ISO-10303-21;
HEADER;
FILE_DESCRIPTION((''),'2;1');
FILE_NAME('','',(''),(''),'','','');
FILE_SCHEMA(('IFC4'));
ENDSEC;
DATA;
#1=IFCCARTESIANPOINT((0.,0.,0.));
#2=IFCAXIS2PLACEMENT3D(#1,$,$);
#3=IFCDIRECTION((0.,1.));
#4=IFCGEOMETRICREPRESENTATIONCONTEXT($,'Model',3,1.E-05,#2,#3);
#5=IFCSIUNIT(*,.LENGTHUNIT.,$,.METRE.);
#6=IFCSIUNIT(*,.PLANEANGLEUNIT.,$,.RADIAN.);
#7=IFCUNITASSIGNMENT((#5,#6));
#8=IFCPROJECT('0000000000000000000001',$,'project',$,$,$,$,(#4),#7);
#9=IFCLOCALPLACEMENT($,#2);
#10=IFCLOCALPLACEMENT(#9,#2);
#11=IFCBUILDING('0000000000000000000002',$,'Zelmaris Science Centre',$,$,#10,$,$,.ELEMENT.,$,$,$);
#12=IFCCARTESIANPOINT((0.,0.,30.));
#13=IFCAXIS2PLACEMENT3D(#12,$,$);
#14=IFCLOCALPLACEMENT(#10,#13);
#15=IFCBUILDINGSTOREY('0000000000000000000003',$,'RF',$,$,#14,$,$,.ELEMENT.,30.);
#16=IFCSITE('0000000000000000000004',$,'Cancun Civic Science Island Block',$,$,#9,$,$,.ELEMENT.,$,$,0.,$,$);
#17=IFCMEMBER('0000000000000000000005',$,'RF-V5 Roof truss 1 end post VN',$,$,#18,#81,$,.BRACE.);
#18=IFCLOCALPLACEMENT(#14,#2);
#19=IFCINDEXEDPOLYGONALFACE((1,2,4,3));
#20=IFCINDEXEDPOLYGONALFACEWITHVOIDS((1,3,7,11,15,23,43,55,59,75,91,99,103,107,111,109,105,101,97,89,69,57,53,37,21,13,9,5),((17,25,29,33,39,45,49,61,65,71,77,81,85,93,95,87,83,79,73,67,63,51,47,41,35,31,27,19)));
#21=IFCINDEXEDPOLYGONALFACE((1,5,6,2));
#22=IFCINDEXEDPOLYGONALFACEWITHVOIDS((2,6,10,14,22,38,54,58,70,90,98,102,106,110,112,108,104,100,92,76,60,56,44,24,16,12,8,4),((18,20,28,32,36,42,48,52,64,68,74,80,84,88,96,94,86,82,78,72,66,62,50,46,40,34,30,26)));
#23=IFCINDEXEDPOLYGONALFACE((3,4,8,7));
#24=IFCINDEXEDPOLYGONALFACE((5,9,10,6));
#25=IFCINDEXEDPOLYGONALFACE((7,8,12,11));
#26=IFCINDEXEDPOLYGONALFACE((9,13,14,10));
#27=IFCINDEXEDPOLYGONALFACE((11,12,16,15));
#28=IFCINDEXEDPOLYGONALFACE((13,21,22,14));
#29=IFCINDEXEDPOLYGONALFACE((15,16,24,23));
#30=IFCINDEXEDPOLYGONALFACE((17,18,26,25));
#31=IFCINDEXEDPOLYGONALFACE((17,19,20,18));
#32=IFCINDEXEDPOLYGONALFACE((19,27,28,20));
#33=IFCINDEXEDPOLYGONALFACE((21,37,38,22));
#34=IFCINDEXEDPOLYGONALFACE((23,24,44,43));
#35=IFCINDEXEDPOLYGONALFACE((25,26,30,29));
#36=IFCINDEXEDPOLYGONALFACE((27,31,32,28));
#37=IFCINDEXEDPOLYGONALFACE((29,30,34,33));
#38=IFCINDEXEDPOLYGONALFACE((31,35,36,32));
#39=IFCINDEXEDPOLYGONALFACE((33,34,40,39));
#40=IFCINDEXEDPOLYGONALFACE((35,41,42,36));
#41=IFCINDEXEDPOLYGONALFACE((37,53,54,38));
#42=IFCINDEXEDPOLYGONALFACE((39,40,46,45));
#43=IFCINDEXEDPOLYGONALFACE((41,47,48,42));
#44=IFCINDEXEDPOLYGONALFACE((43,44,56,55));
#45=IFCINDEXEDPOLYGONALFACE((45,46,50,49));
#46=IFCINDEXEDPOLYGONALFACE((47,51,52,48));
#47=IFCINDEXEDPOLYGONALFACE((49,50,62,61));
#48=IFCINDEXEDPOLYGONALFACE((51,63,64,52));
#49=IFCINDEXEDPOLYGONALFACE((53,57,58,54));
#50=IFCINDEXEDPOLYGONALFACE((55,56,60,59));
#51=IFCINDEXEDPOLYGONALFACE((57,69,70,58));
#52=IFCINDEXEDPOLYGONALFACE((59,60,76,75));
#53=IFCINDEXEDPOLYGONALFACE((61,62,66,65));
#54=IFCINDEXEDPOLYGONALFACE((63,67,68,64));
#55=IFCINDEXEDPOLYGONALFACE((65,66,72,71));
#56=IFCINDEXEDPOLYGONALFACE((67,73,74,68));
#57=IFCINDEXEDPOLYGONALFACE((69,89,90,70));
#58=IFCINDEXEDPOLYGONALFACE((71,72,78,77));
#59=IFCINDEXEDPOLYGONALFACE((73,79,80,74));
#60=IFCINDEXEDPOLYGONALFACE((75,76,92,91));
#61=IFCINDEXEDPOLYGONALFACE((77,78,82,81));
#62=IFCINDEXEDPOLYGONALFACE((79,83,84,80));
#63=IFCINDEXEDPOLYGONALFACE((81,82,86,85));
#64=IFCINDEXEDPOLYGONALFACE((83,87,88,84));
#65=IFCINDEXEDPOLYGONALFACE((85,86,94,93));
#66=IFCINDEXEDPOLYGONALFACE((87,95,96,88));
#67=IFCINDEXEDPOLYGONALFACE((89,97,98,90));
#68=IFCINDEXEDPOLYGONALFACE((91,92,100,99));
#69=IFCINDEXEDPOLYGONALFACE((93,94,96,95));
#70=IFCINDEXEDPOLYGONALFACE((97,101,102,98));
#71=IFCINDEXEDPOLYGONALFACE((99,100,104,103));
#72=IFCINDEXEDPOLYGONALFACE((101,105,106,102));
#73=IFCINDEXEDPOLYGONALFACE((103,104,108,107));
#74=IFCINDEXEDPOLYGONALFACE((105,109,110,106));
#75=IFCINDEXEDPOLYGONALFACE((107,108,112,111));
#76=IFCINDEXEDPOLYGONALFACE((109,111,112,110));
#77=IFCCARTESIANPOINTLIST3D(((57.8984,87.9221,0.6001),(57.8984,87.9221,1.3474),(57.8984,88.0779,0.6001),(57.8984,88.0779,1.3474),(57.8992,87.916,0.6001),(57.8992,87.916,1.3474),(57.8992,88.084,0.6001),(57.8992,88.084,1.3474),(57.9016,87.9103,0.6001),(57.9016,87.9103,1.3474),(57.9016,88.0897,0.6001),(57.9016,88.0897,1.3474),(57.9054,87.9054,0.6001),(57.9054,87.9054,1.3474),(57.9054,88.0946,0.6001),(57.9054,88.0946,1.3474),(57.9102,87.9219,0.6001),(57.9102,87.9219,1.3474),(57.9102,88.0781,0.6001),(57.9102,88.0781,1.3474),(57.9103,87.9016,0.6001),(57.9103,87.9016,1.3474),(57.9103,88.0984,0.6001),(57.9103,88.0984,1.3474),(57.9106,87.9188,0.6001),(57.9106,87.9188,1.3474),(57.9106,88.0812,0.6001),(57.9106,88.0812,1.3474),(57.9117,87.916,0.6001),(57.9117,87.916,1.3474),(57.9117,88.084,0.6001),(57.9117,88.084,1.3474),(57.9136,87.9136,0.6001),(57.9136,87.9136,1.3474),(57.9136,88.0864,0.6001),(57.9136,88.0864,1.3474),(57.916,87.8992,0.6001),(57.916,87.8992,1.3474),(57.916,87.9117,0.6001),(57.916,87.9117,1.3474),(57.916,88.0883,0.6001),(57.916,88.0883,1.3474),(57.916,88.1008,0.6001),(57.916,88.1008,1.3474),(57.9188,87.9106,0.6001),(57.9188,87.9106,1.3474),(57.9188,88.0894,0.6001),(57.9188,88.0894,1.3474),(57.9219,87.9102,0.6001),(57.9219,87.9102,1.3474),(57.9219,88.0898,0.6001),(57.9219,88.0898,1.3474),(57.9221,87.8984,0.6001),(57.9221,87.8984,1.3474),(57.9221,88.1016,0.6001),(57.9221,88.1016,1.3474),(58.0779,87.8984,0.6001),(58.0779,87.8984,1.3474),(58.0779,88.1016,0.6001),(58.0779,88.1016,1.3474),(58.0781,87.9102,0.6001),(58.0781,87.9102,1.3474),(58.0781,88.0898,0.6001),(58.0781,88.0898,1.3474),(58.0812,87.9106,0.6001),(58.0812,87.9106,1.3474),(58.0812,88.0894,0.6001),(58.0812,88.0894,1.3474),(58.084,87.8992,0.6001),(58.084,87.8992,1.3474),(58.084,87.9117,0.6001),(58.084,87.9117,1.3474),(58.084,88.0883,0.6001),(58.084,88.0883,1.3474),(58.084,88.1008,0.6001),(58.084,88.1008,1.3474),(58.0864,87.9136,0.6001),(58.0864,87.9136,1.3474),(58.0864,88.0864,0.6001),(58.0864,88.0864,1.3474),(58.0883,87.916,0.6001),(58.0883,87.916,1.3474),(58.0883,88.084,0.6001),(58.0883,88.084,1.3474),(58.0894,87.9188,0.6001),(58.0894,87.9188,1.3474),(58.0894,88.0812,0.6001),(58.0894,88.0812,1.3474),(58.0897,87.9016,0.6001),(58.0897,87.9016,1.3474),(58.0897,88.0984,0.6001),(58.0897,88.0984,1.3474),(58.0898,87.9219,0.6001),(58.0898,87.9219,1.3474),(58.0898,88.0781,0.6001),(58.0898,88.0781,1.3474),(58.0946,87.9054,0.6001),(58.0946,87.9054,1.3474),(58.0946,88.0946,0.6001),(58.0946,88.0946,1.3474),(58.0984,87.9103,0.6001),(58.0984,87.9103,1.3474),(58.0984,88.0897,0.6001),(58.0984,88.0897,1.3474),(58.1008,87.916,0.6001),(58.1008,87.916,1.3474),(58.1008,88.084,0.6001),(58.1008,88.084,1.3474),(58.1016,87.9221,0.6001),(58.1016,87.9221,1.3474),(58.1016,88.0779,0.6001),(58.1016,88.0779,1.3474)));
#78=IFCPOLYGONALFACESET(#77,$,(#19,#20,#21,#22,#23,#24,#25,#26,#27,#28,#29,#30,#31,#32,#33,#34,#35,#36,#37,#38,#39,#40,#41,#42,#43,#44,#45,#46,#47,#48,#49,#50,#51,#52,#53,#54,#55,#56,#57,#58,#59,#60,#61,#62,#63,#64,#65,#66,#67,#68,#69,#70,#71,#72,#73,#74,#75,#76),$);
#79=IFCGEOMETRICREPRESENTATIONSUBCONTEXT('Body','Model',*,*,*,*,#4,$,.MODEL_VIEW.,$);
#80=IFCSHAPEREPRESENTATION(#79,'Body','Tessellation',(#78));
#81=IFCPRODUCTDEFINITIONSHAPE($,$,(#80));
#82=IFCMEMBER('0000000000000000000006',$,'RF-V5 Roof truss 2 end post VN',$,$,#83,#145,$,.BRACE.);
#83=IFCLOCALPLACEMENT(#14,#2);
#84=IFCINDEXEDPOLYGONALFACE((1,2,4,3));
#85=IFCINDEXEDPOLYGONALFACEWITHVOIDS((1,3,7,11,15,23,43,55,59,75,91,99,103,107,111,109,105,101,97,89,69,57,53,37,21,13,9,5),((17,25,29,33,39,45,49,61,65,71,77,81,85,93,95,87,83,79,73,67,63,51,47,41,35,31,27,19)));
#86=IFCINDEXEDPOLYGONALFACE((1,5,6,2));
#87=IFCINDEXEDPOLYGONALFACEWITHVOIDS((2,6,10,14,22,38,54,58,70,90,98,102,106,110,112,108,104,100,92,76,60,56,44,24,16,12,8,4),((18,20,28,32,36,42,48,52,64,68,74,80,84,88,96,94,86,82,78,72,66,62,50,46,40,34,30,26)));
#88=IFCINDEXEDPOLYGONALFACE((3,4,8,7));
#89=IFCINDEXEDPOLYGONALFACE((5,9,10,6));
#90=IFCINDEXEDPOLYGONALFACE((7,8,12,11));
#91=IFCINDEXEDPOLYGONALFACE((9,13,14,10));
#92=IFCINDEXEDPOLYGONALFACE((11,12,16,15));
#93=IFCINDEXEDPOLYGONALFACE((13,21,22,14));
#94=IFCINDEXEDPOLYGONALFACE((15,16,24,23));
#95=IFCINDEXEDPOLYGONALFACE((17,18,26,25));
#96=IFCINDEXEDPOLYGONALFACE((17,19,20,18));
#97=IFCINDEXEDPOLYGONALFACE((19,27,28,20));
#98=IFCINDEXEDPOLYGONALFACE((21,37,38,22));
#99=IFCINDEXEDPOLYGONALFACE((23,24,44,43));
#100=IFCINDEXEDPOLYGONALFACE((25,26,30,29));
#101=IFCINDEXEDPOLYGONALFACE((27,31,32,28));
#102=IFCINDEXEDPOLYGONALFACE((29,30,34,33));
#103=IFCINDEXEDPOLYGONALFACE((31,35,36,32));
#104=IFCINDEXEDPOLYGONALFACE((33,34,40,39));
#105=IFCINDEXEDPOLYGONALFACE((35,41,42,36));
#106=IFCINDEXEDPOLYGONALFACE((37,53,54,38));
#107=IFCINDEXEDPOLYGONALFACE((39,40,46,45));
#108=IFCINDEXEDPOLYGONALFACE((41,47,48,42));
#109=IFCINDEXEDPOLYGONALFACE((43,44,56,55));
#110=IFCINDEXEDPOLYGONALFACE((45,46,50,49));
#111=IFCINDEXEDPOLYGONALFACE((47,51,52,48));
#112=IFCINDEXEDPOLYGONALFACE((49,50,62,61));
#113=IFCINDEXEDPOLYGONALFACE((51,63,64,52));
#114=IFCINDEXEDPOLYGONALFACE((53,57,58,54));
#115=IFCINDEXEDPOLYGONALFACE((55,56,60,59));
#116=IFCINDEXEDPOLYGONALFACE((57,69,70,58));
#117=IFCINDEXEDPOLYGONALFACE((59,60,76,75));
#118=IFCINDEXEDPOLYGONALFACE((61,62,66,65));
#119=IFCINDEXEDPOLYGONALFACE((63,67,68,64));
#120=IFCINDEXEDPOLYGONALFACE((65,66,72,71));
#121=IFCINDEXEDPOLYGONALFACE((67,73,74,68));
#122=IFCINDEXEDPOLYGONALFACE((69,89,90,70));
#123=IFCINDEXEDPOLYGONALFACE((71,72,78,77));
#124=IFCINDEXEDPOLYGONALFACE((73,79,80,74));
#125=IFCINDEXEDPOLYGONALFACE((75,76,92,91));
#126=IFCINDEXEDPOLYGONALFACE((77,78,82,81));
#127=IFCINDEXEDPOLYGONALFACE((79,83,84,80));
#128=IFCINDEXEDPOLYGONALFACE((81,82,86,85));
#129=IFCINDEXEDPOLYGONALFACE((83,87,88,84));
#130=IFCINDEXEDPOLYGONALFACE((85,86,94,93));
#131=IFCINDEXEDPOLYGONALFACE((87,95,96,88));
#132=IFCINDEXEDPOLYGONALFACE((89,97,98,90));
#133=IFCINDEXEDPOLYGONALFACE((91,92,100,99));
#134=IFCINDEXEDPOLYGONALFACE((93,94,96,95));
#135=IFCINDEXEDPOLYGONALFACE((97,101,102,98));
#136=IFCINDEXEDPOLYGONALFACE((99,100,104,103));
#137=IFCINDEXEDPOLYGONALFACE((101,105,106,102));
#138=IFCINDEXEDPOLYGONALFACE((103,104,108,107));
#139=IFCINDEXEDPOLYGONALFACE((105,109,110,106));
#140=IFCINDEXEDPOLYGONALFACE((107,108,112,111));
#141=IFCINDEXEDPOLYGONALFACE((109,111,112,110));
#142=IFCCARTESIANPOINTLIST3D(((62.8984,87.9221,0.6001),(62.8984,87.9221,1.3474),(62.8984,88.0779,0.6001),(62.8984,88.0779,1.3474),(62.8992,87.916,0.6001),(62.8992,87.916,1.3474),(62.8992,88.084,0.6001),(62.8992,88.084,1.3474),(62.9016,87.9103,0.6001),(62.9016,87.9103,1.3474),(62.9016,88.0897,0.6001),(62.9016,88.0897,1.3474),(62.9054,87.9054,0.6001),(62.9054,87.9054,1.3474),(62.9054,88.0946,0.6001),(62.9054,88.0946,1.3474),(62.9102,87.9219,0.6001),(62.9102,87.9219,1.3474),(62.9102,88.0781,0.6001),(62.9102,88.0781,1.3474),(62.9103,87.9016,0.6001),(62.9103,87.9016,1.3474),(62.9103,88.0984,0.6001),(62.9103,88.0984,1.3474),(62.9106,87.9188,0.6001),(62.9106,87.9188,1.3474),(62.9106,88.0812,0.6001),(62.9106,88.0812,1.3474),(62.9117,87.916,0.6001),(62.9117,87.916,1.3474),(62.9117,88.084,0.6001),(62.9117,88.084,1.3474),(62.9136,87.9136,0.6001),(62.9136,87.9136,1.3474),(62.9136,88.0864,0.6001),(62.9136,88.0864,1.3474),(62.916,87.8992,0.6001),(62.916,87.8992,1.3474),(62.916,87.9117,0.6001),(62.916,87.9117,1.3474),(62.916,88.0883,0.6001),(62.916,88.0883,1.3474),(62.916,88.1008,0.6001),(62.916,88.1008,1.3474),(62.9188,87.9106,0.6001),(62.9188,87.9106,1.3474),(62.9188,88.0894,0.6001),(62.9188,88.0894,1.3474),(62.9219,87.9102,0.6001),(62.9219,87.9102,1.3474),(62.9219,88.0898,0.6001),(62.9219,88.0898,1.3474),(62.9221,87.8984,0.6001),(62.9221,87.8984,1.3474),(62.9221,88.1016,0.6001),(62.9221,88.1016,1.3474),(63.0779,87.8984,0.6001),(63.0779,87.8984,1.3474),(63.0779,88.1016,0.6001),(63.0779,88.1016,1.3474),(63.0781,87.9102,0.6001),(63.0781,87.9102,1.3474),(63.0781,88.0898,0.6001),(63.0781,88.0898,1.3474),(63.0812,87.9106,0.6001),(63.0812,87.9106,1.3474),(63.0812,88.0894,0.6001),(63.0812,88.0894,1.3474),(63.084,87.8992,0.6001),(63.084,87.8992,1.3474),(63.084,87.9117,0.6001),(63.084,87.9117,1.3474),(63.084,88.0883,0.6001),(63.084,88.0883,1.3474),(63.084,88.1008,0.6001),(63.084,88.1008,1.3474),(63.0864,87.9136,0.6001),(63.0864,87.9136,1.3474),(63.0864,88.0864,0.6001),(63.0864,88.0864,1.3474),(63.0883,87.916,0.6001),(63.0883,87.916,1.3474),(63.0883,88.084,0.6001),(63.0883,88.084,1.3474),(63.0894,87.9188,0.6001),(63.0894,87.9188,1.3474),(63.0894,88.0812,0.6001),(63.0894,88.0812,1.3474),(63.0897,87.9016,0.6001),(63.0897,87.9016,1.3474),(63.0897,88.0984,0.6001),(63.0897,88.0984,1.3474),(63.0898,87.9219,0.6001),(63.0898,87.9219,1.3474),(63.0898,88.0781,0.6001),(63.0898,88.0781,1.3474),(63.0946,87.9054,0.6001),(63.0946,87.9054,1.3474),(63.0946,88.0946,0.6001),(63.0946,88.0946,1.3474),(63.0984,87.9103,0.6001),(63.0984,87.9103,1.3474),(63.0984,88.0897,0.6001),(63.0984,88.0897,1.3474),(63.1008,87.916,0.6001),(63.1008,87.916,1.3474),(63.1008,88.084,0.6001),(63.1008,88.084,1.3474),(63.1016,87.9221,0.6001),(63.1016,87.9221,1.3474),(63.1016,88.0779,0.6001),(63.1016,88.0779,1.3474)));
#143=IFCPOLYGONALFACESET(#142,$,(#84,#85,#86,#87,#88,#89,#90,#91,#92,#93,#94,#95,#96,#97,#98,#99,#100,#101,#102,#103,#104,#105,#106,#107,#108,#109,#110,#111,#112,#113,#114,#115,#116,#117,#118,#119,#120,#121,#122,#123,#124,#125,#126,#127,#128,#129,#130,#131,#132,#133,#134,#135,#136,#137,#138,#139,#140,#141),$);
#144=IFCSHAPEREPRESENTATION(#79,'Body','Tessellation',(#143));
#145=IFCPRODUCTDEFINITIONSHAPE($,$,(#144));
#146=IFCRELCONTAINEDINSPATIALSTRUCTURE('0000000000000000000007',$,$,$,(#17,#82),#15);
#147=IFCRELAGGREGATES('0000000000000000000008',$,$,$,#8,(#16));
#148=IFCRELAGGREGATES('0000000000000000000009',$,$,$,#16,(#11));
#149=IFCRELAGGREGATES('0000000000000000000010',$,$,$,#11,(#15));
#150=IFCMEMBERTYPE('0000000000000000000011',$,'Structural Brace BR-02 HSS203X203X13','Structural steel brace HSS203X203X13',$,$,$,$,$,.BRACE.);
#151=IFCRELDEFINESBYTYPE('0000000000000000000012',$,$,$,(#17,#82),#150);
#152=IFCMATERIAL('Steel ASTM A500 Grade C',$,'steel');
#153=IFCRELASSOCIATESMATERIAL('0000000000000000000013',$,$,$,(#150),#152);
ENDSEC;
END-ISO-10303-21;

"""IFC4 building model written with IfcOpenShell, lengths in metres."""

from ifc_helpers import new_model, si_unit, direction, frame, origin, origin_2d, place, context, subcontext, project, spatial, hollow_rectangle, extrude, material, material_profile, profile_set, type_object, element, save


model = new_model("IFC4")

# Units and contexts
model_context = context("Model", 3, precision=1e-05, world=origin(), true_north=direction((0.0, 1.0)))
body_context = subcontext(model_context, "Body", "Model", "MODEL_VIEW")
ifc_project = project(units=[si_unit("LENGTHUNIT", "METRE"), si_unit("PLANEANGLEUNIT", "RADIAN")], contexts=[model_context])

# Site, building, storey
site_placement = place(None, origin())
site = spatial("IfcSite", under=ifc_project, at=site_placement, Name="Cancun Civic Science Island Block", CompositionType="ELEMENT", RefElevation=0.0)
building_placement = place(site_placement, origin())
building = spatial("IfcBuilding", under=site, at=building_placement, Name="Zelmaris Science Centre", CompositionType="ELEMENT")
storey_placement = place(building_placement, frame((0.0, 0.0, 30.0)))
storey = spatial("IfcBuildingStorey", under=building, at=storey_placement, Name="RF", CompositionType="ELEMENT", Elevation=30.0)

# Shared definitions
ifc_material = material(Name="Steel ASTM A500 Grade C", Category="steel")

# Members
ifc_material_profile_1 = material_profile(ifc_material, hollow_rectangle(XDim=0.2031, YDim=0.2031, WallThickness=0.0117, InnerFilletRadius=0.0117, OuterFilletRadius=0.0237, at=origin_2d()), Name="HSS203X203X13")
ifc_profile_set_1 = profile_set([ifc_material_profile_1], Name="Steel ASTM A500 Grade C")
member_type_1 = type_object("IfcMemberType", Name="Structural Brace BR-02 HSS203X203X13", Description="Structural steel brace HSS203X203X13", PredefinedType="BRACE", material=ifc_profile_set_1)
for number, where, z_axis, x_axis, name in (
    (1, (58.0, 88.0, 0.6001), (0.0, 0.0, 1.0), (1.0, 0.0, 0.0), "RF-V5 Roof truss 1 end post VN"),
    (2, (63.0, 88.0, 0.6001), (0.0, 0.0, 1.0), (1.0, 0.0, 0.0), "RF-V5 Roof truss 2 end post VN"),
):
    element("IfcMember", number, at=place(storey_placement, frame(where, z_axis=z_axis, x_axis=x_axis)), inside=storey, type_object=member_type_1, Name=name, PredefinedType="BRACE", context=body_context, shape_type="SweptSolid", body=[
        extrude(hollow_rectangle(XDim=0.2031, YDim=0.2031, WallThickness=0.0117, InnerFilletRadius=0.0117, OuterFilletRadius=0.0237, at=origin_2d()), origin(), (0.0, 0.0, 1.0), 0.7473),
    ])

save(model, "model.ifc")
